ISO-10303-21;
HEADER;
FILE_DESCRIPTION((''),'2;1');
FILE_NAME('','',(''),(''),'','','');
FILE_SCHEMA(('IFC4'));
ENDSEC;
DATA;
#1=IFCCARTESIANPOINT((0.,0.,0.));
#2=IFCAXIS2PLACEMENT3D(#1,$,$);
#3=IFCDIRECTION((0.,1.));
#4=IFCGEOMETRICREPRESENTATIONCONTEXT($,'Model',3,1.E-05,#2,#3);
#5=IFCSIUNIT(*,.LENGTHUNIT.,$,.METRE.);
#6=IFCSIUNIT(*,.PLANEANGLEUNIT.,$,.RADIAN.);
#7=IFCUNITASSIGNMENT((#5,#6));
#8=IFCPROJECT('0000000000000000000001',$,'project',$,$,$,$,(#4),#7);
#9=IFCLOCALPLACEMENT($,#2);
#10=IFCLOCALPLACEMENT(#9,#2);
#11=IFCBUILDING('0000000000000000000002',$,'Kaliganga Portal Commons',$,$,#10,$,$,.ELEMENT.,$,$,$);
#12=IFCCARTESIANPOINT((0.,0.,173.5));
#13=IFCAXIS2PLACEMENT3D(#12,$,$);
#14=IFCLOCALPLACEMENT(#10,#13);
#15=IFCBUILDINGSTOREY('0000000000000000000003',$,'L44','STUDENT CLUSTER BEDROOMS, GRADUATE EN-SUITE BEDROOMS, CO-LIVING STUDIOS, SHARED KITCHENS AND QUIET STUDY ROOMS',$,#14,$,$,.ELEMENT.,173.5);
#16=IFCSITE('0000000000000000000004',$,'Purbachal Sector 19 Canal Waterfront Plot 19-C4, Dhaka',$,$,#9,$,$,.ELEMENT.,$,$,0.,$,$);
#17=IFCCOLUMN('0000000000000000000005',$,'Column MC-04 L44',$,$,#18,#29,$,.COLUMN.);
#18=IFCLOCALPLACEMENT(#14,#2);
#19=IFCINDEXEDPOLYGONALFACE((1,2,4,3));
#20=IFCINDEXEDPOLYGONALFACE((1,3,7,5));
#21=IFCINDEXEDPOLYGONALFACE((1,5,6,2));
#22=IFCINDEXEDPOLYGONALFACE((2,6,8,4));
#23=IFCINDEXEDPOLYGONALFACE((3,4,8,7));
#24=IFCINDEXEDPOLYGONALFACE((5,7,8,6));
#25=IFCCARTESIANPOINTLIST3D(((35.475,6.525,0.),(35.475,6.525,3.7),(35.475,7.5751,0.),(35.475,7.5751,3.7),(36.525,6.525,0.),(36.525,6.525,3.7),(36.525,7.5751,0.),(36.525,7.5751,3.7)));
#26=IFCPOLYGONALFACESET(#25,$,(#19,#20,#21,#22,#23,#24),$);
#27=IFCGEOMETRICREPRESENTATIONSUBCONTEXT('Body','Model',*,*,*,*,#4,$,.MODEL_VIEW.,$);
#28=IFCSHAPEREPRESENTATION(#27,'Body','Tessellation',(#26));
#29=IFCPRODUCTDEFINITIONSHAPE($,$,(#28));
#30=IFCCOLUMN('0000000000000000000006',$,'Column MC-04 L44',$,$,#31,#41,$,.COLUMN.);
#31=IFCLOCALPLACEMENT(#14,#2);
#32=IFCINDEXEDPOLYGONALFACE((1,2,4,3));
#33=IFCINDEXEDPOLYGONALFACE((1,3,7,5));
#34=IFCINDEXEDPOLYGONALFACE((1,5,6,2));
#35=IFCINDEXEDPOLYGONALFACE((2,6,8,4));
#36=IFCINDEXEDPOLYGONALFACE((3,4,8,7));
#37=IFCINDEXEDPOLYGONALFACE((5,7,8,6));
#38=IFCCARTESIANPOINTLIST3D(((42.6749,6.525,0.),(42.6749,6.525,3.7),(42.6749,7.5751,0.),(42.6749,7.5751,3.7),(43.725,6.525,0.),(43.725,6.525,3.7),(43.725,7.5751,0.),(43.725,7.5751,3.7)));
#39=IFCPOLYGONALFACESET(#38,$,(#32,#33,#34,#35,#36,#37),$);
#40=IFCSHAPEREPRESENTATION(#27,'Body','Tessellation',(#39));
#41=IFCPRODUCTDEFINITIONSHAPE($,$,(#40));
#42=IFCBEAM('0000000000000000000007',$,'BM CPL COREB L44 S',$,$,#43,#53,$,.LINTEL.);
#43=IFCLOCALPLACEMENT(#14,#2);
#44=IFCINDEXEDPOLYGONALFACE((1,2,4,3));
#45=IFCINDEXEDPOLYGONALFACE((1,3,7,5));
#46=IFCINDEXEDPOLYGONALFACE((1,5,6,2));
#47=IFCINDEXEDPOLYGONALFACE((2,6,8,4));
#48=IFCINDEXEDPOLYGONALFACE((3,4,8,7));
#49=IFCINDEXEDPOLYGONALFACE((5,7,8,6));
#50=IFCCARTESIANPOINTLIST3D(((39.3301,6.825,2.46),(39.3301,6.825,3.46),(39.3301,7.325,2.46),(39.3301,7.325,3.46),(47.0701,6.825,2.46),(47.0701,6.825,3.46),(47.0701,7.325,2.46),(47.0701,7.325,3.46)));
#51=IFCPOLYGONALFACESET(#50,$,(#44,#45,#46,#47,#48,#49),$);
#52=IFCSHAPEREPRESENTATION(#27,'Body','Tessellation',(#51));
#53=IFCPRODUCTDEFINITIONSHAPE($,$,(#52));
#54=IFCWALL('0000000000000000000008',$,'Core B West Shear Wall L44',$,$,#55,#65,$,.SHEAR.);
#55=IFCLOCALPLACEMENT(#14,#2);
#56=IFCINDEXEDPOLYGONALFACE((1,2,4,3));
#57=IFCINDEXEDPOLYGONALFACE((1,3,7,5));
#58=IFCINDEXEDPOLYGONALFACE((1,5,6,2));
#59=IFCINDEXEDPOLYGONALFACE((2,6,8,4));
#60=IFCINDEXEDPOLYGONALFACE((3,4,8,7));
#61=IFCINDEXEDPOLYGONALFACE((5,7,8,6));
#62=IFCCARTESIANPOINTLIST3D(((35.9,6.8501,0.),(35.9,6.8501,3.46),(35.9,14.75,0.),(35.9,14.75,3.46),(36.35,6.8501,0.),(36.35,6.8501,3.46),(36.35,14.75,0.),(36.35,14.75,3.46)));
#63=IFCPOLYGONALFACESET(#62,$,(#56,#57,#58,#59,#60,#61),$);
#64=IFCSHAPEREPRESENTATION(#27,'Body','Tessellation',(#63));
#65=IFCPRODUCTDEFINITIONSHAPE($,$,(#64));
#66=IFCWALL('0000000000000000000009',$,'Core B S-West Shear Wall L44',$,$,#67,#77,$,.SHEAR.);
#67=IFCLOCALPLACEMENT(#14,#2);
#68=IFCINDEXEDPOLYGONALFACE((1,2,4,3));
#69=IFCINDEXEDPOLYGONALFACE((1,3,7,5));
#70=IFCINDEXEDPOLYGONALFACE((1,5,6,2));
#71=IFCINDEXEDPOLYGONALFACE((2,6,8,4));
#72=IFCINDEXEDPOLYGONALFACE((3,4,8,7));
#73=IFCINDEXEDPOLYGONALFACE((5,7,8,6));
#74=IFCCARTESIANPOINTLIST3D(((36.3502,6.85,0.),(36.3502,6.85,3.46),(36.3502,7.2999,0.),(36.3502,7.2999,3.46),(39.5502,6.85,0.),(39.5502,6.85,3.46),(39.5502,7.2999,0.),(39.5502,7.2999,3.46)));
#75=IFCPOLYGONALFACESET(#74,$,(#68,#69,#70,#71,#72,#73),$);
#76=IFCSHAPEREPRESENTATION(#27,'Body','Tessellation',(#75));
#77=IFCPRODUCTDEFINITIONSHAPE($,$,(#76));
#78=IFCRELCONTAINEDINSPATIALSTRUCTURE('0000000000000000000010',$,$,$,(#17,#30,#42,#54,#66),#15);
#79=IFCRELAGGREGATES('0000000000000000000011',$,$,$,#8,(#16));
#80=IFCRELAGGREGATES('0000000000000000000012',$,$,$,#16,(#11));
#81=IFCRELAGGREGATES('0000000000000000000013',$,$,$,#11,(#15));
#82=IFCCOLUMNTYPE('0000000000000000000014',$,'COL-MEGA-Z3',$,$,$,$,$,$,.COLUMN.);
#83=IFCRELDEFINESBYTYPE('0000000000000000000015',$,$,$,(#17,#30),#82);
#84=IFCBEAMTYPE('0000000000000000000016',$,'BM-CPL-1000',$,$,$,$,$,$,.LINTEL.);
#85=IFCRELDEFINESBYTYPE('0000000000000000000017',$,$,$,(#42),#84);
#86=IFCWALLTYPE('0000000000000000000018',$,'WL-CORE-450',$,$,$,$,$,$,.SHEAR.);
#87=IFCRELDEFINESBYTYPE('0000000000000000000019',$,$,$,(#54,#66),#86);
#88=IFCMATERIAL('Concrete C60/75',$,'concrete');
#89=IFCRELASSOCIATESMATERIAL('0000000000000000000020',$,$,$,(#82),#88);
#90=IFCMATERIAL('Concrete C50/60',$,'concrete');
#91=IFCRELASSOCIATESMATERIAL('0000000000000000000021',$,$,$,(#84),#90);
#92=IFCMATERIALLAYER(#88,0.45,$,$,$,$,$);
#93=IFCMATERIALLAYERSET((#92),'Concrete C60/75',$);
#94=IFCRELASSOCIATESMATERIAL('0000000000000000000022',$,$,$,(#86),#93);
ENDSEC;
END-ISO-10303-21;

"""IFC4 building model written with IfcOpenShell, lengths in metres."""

from ifc_helpers import new_model, si_unit, direction, frame, frame_2d, origin, origin_2d, place, context, subcontext, project, spatial, rectangle, extrude, source, transform, mapped, material, layer, layer_set, material_profile, profile_set, type_object, element, save


model = new_model("IFC4")

# Units and contexts
model_context = context("Model", 3, precision=1e-05, world=origin(), true_north=direction((0.0, 1.0)))
body_context = subcontext(model_context, "Body", "Model", "MODEL_VIEW")
ifc_project = project(units=[si_unit("LENGTHUNIT", "METRE"), si_unit("PLANEANGLEUNIT", "RADIAN")], contexts=[model_context])

# Site, building, storey
site_placement = place(None, origin())
site = spatial("IfcSite", under=ifc_project, at=site_placement, Name="Purbachal Sector 19 Canal Waterfront Plot 19-C4, Dhaka", CompositionType="ELEMENT", RefElevation=0.0)
building_placement = place(site_placement, origin())
building = spatial("IfcBuilding", under=site, at=building_placement, Name="Kaliganga Portal Commons", CompositionType="ELEMENT")
storey_placement = place(building_placement, frame((0.0, 0.0, 173.5)))
storey = spatial("IfcBuildingStorey", under=building, at=storey_placement, Name="L44", Description="STUDENT CLUSTER BEDROOMS, GRADUATE EN-SUITE BEDROOMS, CO-LIVING STUDIOS, SHARED KITCHENS AND QUIET STUDY ROOMS", CompositionType="ELEMENT", Elevation=173.5)

# Columns
ifc_material_1 = material(Name="Concrete C60/75", Category="concrete")
ifc_material_profile_1 = material_profile(ifc_material_1, rectangle(XDim=1.05, YDim=1.05, at=origin_2d()), Name="RC 1050x1050")
ifc_profile_set_1 = profile_set([ifc_material_profile_1], Name="Concrete C60/75")
column_type = type_object("IfcColumnType", Name="COL-MEGA-Z3", PredefinedType="COLUMN", material=ifc_profile_set_1)
shared_shape_1 = source(origin(), body_context, "Body", "SweptSolid", [
    extrude(rectangle(XDim=1.05, YDim=1.05, at=origin_2d()), origin(), (0.0, 0.0, 1.0), 3.7),
])
for number, where, z_axis, x_axis, name in (
    (1, (36.0, 7.05, 0.0), (0.0, 0.0, 1.0), (1.0, 0.0, 0.0), "Column MC-04 L44"),
    (2, (43.2, 7.05, 0.0), (0.0, 0.0, 1.0), (1.0, 0.0, 0.0), "Column MC-04 L44"),
):
    element("IfcColumn", number, at=place(storey_placement, frame(where, z_axis=z_axis, x_axis=x_axis)), inside=storey, type_object=column_type, Name=name, PredefinedType="COLUMN", context=body_context, shape_type="MappedRepresentation", body=[
        mapped(shared_shape_1, transform((0.0, 0.0, 0.0), x_axis=(1.0, 0.0, 0.0), y_axis=(0.0, 1.0, 0.0), z_axis=(0.0, 0.0, 1.0), scale=1.0)),
    ])

# Beam
ifc_material_2 = material(Name="Concrete C50/60", Category="concrete")
ifc_material_profile_2 = material_profile(ifc_material_2, rectangle(XDim=0.5, YDim=1.0, at=origin_2d()), Name="RC 500x1000")
ifc_profile_set_2 = profile_set([ifc_material_profile_2], Name="Concrete C50/60")
beam_type = type_object("IfcBeamType", Name="BM-CPL-1000", PredefinedType="LINTEL", material=ifc_profile_set_2)
shared_shape_2 = source(origin(), body_context, "Body", "SweptSolid", [
    extrude(rectangle(XDim=0.5, YDim=1.0, at=origin_2d()), origin(), (0.0, 0.0, 1.0), 7.74),
])
beam_placement = place(storey_placement, frame((39.3301, 7.075, 2.96), z_axis=(1.0, 0.0, 0.0), x_axis=(0.0, 1.0, 0.0)))
element("IfcBeam", 3, at=beam_placement, inside=storey, type_object=beam_type, Name="BM CPL COREB L44 S", PredefinedType="LINTEL", context=body_context, shape_type="MappedRepresentation", body=[
    mapped(shared_shape_2, transform((0.0, 0.0, 0.0), x_axis=(1.0, 0.0, 0.0), y_axis=(0.0, 1.0, 0.0), z_axis=(0.0, 0.0, 1.0), scale=1.0)),
])

# Walls
ifc_layer_1 = layer(ifc_material_1, 0.45)
ifc_layer_set_1 = layer_set([ifc_layer_1], Name="Concrete C60/75")
wall_type_1 = type_object("IfcWallType", Name="WL-CORE-450", PredefinedType="SHEAR", material=ifc_layer_set_1)
wall_1_placement = place(storey_placement, frame((36.125, 6.8501, 0.0), z_axis=(0.0, 0.0, 1.0), x_axis=(0.0, 1.0, 0.0)))
element("IfcWall", 4, at=wall_1_placement, inside=storey, type_object=wall_type_1, Name="Core B West Shear Wall L44", PredefinedType="SHEAR", context=body_context, shape_type="SweptSolid", body=[
    extrude(rectangle(XDim=7.8999, YDim=0.45, at=frame_2d((3.95, 0.0))), origin(), (0.0, 0.0, 1.0), 3.46),
])
wall_2_placement = place(storey_placement, frame((36.3501, 7.075, 0.0), z_axis=(0.0, 0.0, 1.0), x_axis=(1.0, 0.0, 0.0)))
element("IfcWall", 5, at=wall_2_placement, inside=storey, type_object=wall_type_1, Name="Core B S-West Shear Wall L44", PredefinedType="SHEAR", context=body_context, shape_type="SweptSolid", body=[
    extrude(rectangle(XDim=3.2, YDim=0.45, at=frame_2d((1.6001, 0.0))), origin(), (0.0, 0.0, 1.0), 3.46),
])

save(model, "model.ifc")
